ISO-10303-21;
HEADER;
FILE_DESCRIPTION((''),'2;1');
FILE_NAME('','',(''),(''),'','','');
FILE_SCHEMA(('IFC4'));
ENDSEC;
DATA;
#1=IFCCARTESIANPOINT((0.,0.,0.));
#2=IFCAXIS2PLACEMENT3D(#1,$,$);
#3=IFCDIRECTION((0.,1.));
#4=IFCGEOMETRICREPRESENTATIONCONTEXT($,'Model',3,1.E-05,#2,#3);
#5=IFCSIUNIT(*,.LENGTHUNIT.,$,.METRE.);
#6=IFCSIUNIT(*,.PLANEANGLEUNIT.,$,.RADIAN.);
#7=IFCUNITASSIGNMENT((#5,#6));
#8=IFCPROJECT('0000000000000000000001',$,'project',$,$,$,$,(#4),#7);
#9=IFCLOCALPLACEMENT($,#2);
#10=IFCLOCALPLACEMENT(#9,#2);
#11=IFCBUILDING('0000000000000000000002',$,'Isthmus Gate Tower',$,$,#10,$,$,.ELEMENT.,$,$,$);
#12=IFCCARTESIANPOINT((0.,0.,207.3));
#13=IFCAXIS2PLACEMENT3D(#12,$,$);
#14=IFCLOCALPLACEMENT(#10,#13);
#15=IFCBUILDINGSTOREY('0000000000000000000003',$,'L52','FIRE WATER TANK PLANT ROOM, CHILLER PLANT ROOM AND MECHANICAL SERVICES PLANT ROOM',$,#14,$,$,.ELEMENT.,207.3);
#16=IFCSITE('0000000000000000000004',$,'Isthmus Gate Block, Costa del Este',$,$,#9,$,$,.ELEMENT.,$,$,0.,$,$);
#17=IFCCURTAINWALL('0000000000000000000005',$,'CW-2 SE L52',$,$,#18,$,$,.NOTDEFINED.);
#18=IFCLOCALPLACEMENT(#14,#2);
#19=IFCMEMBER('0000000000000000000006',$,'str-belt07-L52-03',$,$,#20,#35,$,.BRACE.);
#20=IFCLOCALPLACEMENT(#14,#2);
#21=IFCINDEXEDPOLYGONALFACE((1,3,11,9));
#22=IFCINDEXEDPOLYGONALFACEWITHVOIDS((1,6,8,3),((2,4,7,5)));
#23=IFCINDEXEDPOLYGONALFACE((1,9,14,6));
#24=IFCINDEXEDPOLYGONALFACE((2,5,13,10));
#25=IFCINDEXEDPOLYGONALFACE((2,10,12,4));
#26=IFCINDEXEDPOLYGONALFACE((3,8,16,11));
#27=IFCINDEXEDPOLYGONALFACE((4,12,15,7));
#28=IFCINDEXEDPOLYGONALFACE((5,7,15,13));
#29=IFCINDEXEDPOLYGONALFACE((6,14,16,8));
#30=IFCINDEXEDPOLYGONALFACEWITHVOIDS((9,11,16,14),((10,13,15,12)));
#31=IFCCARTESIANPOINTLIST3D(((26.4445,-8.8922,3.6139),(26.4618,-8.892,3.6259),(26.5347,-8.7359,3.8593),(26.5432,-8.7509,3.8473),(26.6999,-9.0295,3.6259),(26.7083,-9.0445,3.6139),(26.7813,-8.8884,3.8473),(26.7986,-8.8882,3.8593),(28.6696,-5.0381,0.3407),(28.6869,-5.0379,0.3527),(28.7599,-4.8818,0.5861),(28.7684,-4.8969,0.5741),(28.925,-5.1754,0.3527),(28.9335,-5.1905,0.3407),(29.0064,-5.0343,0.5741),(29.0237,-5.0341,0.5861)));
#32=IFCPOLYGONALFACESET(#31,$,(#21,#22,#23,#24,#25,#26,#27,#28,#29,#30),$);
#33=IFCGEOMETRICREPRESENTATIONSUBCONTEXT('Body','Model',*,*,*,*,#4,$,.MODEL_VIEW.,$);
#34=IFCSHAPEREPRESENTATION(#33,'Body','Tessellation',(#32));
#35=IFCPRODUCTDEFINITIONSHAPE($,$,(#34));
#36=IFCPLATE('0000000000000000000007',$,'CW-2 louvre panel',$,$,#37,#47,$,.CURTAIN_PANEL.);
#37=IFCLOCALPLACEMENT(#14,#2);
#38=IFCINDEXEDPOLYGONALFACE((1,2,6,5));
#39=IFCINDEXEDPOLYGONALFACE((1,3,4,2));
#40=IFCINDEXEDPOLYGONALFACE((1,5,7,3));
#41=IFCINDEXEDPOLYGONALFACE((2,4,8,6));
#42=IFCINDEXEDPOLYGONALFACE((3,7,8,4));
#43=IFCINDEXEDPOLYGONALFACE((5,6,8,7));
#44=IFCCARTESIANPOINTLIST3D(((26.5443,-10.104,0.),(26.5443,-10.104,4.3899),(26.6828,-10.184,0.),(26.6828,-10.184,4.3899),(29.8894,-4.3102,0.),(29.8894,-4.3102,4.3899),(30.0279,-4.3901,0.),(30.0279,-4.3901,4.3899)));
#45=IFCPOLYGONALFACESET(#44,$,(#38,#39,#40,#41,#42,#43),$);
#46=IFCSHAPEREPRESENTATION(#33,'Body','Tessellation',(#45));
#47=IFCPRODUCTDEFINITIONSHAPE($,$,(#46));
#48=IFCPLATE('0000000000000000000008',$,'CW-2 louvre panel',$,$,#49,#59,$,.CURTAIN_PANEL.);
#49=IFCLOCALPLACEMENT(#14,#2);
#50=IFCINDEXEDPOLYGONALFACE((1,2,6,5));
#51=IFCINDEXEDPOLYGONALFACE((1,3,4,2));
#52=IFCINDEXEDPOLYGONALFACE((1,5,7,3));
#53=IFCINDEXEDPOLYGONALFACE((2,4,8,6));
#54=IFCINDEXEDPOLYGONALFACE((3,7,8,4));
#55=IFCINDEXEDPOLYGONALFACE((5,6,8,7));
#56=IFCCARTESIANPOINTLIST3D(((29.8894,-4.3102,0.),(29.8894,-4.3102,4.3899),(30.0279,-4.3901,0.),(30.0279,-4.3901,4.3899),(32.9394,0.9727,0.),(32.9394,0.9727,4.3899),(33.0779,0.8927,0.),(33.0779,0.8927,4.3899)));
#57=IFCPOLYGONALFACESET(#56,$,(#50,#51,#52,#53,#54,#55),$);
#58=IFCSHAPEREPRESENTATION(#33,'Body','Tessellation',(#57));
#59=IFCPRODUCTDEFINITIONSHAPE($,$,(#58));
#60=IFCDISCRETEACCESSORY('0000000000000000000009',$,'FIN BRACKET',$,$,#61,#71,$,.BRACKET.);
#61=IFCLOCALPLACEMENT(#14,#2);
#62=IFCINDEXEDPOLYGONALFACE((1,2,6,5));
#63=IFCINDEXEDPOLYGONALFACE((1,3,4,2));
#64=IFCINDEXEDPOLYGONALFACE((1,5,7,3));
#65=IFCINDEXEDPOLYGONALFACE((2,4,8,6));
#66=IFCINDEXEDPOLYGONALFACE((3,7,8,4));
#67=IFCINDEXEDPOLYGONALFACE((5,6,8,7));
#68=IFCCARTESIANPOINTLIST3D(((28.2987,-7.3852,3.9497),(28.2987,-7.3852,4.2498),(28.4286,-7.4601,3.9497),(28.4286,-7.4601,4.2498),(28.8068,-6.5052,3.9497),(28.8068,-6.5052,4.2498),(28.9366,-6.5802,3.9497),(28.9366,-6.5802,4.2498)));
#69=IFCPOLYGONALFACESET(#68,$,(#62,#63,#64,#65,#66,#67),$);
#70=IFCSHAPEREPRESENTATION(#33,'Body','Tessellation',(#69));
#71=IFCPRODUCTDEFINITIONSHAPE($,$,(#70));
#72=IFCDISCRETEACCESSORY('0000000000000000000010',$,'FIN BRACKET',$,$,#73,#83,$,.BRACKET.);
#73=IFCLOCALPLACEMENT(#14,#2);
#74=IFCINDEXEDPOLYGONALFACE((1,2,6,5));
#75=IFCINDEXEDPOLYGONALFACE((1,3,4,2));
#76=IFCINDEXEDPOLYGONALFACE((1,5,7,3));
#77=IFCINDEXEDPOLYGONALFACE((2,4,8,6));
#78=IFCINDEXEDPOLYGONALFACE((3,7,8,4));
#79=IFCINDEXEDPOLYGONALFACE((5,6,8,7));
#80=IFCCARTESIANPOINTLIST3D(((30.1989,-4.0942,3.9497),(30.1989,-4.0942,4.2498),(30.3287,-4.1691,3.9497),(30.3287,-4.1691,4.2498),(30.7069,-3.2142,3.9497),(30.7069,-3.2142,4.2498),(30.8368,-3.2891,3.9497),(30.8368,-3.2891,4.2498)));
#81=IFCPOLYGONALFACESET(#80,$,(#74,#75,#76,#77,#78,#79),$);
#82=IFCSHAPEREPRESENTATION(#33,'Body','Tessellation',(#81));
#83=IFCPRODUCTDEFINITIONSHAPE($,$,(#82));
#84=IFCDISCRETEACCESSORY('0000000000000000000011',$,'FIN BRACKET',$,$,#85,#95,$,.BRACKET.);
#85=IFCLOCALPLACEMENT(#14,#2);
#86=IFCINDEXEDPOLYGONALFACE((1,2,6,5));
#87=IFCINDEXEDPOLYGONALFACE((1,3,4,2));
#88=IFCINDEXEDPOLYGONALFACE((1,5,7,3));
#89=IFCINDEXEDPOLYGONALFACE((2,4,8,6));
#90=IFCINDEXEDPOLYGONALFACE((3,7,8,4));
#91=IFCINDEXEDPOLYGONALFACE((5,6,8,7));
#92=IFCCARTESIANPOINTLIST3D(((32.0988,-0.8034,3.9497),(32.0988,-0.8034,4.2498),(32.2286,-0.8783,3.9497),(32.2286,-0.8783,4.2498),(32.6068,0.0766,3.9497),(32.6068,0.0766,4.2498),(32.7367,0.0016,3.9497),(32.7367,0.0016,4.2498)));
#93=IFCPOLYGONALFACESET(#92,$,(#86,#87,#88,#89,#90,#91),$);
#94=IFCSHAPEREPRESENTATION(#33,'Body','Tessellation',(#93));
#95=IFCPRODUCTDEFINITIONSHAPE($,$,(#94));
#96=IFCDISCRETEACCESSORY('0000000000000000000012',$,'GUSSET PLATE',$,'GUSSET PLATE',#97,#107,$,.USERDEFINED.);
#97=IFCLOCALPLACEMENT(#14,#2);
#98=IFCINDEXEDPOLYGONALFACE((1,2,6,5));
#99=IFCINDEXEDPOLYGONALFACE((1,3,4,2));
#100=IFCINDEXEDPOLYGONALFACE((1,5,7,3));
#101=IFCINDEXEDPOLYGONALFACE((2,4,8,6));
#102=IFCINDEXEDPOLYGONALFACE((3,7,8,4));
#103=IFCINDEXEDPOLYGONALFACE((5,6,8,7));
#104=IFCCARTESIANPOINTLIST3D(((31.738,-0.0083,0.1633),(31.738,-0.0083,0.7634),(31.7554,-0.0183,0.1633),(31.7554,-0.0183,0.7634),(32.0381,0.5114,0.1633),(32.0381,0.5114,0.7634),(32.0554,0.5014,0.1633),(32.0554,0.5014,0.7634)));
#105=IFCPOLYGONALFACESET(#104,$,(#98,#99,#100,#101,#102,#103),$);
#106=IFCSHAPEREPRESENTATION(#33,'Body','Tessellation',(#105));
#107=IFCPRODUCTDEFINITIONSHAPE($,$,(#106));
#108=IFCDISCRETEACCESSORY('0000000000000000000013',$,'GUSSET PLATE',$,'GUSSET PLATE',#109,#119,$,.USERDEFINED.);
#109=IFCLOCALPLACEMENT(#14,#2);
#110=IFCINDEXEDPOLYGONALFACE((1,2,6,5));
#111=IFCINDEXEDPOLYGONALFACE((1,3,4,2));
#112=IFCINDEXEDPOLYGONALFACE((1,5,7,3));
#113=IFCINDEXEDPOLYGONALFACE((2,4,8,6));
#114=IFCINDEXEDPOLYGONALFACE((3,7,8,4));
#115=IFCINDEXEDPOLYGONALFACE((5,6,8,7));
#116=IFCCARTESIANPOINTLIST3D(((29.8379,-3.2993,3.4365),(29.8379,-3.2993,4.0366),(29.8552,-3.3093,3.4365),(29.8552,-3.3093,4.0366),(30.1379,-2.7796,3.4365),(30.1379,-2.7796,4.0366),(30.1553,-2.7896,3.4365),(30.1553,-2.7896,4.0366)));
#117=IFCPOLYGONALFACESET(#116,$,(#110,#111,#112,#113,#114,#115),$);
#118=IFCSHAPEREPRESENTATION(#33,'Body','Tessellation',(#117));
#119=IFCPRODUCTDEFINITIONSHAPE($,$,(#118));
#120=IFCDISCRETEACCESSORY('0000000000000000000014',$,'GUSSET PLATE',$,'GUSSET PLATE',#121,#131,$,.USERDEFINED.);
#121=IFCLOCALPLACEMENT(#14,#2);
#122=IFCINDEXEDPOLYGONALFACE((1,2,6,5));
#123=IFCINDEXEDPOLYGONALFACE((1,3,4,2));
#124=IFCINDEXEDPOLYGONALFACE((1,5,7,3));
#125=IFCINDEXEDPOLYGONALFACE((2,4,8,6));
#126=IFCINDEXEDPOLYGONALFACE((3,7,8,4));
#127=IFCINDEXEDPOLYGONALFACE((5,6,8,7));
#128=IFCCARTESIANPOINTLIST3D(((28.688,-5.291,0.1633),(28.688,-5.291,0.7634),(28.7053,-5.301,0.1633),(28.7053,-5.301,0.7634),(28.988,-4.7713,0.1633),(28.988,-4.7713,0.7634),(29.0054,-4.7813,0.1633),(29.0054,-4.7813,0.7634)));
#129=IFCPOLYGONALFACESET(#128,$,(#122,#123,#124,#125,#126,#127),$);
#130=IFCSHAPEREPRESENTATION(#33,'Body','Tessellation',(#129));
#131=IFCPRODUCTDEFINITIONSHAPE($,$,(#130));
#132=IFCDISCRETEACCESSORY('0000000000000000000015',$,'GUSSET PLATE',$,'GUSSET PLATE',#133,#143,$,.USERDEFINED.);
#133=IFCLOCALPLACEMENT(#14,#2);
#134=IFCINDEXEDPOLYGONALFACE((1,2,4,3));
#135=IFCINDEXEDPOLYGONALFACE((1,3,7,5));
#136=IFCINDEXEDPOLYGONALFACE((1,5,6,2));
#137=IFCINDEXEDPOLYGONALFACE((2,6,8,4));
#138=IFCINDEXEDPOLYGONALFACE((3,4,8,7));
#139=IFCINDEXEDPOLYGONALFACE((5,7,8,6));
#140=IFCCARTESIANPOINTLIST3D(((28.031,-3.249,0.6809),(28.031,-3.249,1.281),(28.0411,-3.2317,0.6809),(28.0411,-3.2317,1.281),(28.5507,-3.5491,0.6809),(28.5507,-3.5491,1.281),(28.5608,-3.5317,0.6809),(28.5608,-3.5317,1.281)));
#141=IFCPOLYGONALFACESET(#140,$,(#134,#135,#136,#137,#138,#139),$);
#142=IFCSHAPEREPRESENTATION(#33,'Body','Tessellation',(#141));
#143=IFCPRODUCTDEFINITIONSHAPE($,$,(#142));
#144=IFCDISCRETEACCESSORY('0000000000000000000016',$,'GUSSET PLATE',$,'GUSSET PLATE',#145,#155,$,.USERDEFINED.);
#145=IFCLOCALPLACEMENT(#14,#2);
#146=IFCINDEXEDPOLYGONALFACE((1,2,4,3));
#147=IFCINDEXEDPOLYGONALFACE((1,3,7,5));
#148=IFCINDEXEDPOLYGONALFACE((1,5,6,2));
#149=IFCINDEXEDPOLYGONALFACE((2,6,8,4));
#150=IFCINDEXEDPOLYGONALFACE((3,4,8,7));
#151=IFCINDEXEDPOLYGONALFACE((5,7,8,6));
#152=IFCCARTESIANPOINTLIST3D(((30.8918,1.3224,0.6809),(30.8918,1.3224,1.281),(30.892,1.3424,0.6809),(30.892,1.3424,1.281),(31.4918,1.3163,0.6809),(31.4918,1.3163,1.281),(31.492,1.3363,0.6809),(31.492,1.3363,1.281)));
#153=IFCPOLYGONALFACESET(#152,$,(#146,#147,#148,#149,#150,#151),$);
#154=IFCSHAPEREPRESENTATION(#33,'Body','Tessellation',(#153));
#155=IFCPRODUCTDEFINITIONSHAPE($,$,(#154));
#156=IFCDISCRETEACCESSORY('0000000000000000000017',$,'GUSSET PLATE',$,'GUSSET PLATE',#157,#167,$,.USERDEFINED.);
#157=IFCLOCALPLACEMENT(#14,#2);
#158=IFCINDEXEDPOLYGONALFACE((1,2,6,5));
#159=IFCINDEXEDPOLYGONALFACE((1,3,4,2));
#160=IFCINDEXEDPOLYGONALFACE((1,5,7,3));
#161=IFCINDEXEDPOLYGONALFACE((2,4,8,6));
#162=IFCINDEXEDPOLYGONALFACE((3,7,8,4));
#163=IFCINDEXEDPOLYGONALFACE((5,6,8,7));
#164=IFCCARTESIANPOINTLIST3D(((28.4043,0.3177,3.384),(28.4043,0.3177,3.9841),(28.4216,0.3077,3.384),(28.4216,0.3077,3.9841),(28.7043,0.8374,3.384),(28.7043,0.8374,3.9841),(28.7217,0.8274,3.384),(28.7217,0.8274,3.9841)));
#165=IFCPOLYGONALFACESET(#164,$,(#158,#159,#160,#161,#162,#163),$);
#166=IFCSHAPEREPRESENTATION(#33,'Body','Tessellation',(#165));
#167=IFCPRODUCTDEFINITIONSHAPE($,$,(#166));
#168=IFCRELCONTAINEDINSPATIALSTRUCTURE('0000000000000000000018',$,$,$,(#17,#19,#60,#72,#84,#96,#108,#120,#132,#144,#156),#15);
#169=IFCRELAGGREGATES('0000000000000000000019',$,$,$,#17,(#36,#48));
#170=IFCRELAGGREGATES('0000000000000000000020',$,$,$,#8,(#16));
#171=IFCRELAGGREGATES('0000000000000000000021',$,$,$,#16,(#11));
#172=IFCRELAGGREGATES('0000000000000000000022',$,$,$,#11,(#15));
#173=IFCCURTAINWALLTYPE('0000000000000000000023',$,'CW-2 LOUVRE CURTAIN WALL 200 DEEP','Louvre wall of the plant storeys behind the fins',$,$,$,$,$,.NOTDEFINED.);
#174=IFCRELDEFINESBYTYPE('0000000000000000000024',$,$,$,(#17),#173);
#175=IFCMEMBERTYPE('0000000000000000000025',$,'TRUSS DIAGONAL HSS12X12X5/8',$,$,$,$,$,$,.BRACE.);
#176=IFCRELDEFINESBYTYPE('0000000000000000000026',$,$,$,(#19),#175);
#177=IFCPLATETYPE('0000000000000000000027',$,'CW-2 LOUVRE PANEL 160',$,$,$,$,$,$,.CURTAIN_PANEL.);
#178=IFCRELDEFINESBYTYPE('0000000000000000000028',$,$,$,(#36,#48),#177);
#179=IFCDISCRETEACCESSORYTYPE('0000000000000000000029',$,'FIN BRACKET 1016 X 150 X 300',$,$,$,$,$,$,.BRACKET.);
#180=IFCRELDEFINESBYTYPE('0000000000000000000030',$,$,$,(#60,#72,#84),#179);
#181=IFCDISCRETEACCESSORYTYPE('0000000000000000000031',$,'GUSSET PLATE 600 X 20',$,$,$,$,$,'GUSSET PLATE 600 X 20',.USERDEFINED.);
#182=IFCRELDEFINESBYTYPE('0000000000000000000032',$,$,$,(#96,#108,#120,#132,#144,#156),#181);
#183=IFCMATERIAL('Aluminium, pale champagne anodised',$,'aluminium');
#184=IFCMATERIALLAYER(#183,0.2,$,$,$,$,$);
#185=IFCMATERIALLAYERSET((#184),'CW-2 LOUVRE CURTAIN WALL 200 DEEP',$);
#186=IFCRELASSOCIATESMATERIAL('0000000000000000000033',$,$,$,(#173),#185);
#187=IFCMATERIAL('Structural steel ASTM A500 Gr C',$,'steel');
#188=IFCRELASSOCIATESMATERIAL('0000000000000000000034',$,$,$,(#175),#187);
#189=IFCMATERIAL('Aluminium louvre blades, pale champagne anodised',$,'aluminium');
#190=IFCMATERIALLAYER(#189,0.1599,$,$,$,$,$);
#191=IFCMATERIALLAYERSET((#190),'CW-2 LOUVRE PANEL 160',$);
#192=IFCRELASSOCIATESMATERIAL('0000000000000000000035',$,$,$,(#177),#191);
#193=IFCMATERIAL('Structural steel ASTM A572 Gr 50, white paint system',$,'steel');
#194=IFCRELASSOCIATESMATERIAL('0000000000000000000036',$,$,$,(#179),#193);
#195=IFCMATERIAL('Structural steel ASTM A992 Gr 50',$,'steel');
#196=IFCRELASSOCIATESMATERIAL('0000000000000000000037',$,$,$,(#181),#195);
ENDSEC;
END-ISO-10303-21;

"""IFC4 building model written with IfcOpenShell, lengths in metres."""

from ifc_helpers import new_model, si_unit, direction, frame, origin, origin_2d, place, context, subcontext, project, spatial, rectangle, hollow_rectangle, extrude, material, layer, layer_set, material_profile, profile_set, type_object, element, aggregate, save


model = new_model("IFC4")

# Units and contexts
model_context = context("Model", 3, precision=1e-05, world=origin(), true_north=direction((0.0, 1.0)))
body_context = subcontext(model_context, "Body", "Model", "MODEL_VIEW")
ifc_project = project(units=[si_unit("LENGTHUNIT", "METRE"), si_unit("PLANEANGLEUNIT", "RADIAN")], contexts=[model_context])

# Site, building, storey
site_placement = place(None, origin())
site = spatial("IfcSite", under=ifc_project, at=site_placement, Name="Isthmus Gate Block, Costa del Este", CompositionType="ELEMENT", RefElevation=0.0)
building_placement = place(site_placement, origin())
building = spatial("IfcBuilding", under=site, at=building_placement, Name="Isthmus Gate Tower", CompositionType="ELEMENT")
storey_placement = place(building_placement, frame((0.0, 0.0, 207.3)))
storey = spatial("IfcBuildingStorey", under=building, at=storey_placement, Name="L52", Description="FIRE WATER TANK PLANT ROOM, CHILLER PLANT ROOM AND MECHANICAL SERVICES PLANT ROOM", CompositionType="ELEMENT", Elevation=207.3)

# Curtain wall
ifc_material_1 = material(Name="Aluminium, pale champagne anodised", Category="aluminium")
ifc_layer_1 = layer(ifc_material_1, 0.2)
ifc_layer_set_1 = layer_set([ifc_layer_1], Name="CW-2 LOUVRE CURTAIN WALL 200 DEEP")
curtain_wall_type = type_object("IfcCurtainWallType", Name="CW-2 LOUVRE CURTAIN WALL 200 DEEP", Description="Louvre wall of the plant storeys behind the fins", PredefinedType="NOTDEFINED", material=ifc_layer_set_1)
curtain_wall_placement = place(storey_placement, origin())
curtain_wall = element("IfcCurtainWall", 1, at=curtain_wall_placement, inside=storey, type_object=curtain_wall_type, Name="CW-2 SE L52", PredefinedType="NOTDEFINED")

# Member
ifc_material_2 = material(Name="Structural steel ASTM A500 Gr C", Category="steel")
ifc_material_profile_1 = material_profile(ifc_material_2, hollow_rectangle(XDim=0.3047, YDim=0.3047, WallThickness=0.0149, at=origin_2d()), Name="HSS12X12X5/8")
ifc_profile_set_1 = profile_set([ifc_material_profile_1], Name="Structural steel ASTM A500 Gr C")
member_type_1 = type_object("IfcMemberType", Name="TRUSS DIAGONAL HSS12X12X5/8", PredefinedType="BRACE", material=ifc_profile_set_1)
member_1_placement = place(storey_placement, frame((28.8467, -5.0361, 0.4634), z_axis=(-0.402782, -0.697642, 0.592505), x_axis=(0.866027, -0.499998, 0.0)))
element("IfcMember", 2, at=member_1_placement, inside=storey, type_object=member_type_1, Name="str-belt07-L52-03", PredefinedType="BRACE", context=body_context, shape_type="SweptSolid", body=[
    extrude(hollow_rectangle(XDim=0.3047, YDim=0.3047, WallThickness=0.0149, at=origin_2d()), origin(), (0.0, 0.0, 1.0), 5.5244),
])

# Plates
ifc_material_3 = material(Name="Aluminium louvre blades, pale champagne anodised", Category="aluminium")
ifc_layer_2 = layer(ifc_material_3, 0.1599)
ifc_layer_set_2 = layer_set([ifc_layer_2], Name="CW-2 LOUVRE PANEL 160")
plate_type = type_object("IfcPlateType", Name="CW-2 LOUVRE PANEL 160", PredefinedType="CURTAIN_PANEL", material=ifc_layer_set_2)
plate_1_placement = place(storey_placement, frame((28.2861, -7.2471, 0.0), z_axis=(0.0, 0.0, 1.0), x_axis=(0.5, 0.866025, 0.0)))
plate_1 = element("IfcPlate", 3, at=plate_1_placement, type_object=plate_type, Name="CW-2 louvre panel", PredefinedType="CURTAIN_PANEL", context=body_context, shape_type="SweptSolid", body=[
    extrude(rectangle(XDim=6.6902, YDim=0.1599, at=origin_2d()), origin(), (0.0, 0.0, 1.0), 4.3899),
])
plate_2_placement = place(storey_placement, frame((31.4836, -1.7087, 0.0), z_axis=(0.0, 0.0, 1.0), x_axis=(0.5, 0.866025, 0.0)))
plate_2 = element("IfcPlate", 4, at=plate_2_placement, type_object=plate_type, Name="CW-2 louvre panel", PredefinedType="CURTAIN_PANEL", context=body_context, shape_type="SweptSolid", body=[
    extrude(rectangle(XDim=6.1001, YDim=0.1599, at=origin_2d()), origin(), (0.0, 0.0, 1.0), 4.3899),
])
aggregate(curtain_wall, [plate_1, plate_2])

# Discrete accessories
ifc_material_4 = material(Name="Structural steel ASTM A572 Gr 50, white paint system", Category="steel")
discrete_accessory_type_1 = type_object("IfcDiscreteAccessoryType", Name="FIN BRACKET 1016 X 150 X 300", PredefinedType="BRACKET", material=ifc_material_4)
for number, where, z_axis, x_axis, name in (
    (5, (28.6177, -6.9827, 3.9497), (0.0, 0.0, 1.0), (0.866025, -0.5, 0.0), "FIN BRACKET"),
    (6, (30.5178, -3.6917, 3.9497), (0.0, 0.0, 1.0), (0.866025, -0.5, 0.0), "FIN BRACKET"),
    (7, (32.4177, -0.4009, 3.9497), (0.0, 0.0, 1.0), (0.866025, -0.5, 0.0), "FIN BRACKET"),
):
    element("IfcDiscreteAccessory", number, at=place(storey_placement, frame(where, z_axis=z_axis, x_axis=x_axis)), inside=storey, type_object=discrete_accessory_type_1, Name=name, PredefinedType="BRACKET", context=body_context, shape_type="SweptSolid", body=[
        extrude(rectangle(XDim=0.1499, YDim=1.0161, at=origin_2d()), origin(), (0.0, 0.0, 1.0), 0.3),
    ])
ifc_material_5 = material(Name="Structural steel ASTM A992 Gr 50", Category="steel")
discrete_accessory_type_2 = type_object("IfcDiscreteAccessoryType", Name="GUSSET PLATE 600 X 20", ElementType="GUSSET PLATE 600 X 20", PredefinedType="USERDEFINED", material=ifc_material_5)
for number, where, z_axis, x_axis, name in (
    (8, (31.8967, 0.2466, 0.1633), (0.0, 0.0, 1.0), (-0.5, -0.866025, 0.0), "GUSSET PLATE"),
    (9, (29.9966, -3.0444, 3.4365), (0.0, 0.0, 1.0), (-0.5, -0.866025, 0.0), "GUSSET PLATE"),
    (10, (28.8467, -5.0361, 0.1633), (0.0, 0.0, 1.0), (-0.5, -0.866025, 0.0), "GUSSET PLATE"),
    (11, (28.2959, -3.3904, 0.6809), (0.0, 0.0, 1.0), (-0.866025, 0.5, 0.0), "GUSSET PLATE"),
    (12, (31.1919, 1.3293, 0.6809), (0.0, 0.0, 1.0), (-0.999947, 0.010282, 0.0), "GUSSET PLATE"),
    (13, (28.563, 0.5725, 3.384), (0.0, 0.0, 1.0), (0.5, 0.866025, 0.0), "GUSSET PLATE"),
):
    element("IfcDiscreteAccessory", number, at=place(storey_placement, frame(where, z_axis=z_axis, x_axis=x_axis)), inside=storey, type_object=discrete_accessory_type_2, Name=name, ObjectType="GUSSET PLATE", PredefinedType="USERDEFINED", context=body_context, shape_type="SweptSolid", body=[
        extrude(rectangle(XDim=0.6001, YDim=0.02, at=origin_2d()), origin(), (0.0, 0.0, 1.0), 0.6001),
    ])

save(model, "model.ifc")
